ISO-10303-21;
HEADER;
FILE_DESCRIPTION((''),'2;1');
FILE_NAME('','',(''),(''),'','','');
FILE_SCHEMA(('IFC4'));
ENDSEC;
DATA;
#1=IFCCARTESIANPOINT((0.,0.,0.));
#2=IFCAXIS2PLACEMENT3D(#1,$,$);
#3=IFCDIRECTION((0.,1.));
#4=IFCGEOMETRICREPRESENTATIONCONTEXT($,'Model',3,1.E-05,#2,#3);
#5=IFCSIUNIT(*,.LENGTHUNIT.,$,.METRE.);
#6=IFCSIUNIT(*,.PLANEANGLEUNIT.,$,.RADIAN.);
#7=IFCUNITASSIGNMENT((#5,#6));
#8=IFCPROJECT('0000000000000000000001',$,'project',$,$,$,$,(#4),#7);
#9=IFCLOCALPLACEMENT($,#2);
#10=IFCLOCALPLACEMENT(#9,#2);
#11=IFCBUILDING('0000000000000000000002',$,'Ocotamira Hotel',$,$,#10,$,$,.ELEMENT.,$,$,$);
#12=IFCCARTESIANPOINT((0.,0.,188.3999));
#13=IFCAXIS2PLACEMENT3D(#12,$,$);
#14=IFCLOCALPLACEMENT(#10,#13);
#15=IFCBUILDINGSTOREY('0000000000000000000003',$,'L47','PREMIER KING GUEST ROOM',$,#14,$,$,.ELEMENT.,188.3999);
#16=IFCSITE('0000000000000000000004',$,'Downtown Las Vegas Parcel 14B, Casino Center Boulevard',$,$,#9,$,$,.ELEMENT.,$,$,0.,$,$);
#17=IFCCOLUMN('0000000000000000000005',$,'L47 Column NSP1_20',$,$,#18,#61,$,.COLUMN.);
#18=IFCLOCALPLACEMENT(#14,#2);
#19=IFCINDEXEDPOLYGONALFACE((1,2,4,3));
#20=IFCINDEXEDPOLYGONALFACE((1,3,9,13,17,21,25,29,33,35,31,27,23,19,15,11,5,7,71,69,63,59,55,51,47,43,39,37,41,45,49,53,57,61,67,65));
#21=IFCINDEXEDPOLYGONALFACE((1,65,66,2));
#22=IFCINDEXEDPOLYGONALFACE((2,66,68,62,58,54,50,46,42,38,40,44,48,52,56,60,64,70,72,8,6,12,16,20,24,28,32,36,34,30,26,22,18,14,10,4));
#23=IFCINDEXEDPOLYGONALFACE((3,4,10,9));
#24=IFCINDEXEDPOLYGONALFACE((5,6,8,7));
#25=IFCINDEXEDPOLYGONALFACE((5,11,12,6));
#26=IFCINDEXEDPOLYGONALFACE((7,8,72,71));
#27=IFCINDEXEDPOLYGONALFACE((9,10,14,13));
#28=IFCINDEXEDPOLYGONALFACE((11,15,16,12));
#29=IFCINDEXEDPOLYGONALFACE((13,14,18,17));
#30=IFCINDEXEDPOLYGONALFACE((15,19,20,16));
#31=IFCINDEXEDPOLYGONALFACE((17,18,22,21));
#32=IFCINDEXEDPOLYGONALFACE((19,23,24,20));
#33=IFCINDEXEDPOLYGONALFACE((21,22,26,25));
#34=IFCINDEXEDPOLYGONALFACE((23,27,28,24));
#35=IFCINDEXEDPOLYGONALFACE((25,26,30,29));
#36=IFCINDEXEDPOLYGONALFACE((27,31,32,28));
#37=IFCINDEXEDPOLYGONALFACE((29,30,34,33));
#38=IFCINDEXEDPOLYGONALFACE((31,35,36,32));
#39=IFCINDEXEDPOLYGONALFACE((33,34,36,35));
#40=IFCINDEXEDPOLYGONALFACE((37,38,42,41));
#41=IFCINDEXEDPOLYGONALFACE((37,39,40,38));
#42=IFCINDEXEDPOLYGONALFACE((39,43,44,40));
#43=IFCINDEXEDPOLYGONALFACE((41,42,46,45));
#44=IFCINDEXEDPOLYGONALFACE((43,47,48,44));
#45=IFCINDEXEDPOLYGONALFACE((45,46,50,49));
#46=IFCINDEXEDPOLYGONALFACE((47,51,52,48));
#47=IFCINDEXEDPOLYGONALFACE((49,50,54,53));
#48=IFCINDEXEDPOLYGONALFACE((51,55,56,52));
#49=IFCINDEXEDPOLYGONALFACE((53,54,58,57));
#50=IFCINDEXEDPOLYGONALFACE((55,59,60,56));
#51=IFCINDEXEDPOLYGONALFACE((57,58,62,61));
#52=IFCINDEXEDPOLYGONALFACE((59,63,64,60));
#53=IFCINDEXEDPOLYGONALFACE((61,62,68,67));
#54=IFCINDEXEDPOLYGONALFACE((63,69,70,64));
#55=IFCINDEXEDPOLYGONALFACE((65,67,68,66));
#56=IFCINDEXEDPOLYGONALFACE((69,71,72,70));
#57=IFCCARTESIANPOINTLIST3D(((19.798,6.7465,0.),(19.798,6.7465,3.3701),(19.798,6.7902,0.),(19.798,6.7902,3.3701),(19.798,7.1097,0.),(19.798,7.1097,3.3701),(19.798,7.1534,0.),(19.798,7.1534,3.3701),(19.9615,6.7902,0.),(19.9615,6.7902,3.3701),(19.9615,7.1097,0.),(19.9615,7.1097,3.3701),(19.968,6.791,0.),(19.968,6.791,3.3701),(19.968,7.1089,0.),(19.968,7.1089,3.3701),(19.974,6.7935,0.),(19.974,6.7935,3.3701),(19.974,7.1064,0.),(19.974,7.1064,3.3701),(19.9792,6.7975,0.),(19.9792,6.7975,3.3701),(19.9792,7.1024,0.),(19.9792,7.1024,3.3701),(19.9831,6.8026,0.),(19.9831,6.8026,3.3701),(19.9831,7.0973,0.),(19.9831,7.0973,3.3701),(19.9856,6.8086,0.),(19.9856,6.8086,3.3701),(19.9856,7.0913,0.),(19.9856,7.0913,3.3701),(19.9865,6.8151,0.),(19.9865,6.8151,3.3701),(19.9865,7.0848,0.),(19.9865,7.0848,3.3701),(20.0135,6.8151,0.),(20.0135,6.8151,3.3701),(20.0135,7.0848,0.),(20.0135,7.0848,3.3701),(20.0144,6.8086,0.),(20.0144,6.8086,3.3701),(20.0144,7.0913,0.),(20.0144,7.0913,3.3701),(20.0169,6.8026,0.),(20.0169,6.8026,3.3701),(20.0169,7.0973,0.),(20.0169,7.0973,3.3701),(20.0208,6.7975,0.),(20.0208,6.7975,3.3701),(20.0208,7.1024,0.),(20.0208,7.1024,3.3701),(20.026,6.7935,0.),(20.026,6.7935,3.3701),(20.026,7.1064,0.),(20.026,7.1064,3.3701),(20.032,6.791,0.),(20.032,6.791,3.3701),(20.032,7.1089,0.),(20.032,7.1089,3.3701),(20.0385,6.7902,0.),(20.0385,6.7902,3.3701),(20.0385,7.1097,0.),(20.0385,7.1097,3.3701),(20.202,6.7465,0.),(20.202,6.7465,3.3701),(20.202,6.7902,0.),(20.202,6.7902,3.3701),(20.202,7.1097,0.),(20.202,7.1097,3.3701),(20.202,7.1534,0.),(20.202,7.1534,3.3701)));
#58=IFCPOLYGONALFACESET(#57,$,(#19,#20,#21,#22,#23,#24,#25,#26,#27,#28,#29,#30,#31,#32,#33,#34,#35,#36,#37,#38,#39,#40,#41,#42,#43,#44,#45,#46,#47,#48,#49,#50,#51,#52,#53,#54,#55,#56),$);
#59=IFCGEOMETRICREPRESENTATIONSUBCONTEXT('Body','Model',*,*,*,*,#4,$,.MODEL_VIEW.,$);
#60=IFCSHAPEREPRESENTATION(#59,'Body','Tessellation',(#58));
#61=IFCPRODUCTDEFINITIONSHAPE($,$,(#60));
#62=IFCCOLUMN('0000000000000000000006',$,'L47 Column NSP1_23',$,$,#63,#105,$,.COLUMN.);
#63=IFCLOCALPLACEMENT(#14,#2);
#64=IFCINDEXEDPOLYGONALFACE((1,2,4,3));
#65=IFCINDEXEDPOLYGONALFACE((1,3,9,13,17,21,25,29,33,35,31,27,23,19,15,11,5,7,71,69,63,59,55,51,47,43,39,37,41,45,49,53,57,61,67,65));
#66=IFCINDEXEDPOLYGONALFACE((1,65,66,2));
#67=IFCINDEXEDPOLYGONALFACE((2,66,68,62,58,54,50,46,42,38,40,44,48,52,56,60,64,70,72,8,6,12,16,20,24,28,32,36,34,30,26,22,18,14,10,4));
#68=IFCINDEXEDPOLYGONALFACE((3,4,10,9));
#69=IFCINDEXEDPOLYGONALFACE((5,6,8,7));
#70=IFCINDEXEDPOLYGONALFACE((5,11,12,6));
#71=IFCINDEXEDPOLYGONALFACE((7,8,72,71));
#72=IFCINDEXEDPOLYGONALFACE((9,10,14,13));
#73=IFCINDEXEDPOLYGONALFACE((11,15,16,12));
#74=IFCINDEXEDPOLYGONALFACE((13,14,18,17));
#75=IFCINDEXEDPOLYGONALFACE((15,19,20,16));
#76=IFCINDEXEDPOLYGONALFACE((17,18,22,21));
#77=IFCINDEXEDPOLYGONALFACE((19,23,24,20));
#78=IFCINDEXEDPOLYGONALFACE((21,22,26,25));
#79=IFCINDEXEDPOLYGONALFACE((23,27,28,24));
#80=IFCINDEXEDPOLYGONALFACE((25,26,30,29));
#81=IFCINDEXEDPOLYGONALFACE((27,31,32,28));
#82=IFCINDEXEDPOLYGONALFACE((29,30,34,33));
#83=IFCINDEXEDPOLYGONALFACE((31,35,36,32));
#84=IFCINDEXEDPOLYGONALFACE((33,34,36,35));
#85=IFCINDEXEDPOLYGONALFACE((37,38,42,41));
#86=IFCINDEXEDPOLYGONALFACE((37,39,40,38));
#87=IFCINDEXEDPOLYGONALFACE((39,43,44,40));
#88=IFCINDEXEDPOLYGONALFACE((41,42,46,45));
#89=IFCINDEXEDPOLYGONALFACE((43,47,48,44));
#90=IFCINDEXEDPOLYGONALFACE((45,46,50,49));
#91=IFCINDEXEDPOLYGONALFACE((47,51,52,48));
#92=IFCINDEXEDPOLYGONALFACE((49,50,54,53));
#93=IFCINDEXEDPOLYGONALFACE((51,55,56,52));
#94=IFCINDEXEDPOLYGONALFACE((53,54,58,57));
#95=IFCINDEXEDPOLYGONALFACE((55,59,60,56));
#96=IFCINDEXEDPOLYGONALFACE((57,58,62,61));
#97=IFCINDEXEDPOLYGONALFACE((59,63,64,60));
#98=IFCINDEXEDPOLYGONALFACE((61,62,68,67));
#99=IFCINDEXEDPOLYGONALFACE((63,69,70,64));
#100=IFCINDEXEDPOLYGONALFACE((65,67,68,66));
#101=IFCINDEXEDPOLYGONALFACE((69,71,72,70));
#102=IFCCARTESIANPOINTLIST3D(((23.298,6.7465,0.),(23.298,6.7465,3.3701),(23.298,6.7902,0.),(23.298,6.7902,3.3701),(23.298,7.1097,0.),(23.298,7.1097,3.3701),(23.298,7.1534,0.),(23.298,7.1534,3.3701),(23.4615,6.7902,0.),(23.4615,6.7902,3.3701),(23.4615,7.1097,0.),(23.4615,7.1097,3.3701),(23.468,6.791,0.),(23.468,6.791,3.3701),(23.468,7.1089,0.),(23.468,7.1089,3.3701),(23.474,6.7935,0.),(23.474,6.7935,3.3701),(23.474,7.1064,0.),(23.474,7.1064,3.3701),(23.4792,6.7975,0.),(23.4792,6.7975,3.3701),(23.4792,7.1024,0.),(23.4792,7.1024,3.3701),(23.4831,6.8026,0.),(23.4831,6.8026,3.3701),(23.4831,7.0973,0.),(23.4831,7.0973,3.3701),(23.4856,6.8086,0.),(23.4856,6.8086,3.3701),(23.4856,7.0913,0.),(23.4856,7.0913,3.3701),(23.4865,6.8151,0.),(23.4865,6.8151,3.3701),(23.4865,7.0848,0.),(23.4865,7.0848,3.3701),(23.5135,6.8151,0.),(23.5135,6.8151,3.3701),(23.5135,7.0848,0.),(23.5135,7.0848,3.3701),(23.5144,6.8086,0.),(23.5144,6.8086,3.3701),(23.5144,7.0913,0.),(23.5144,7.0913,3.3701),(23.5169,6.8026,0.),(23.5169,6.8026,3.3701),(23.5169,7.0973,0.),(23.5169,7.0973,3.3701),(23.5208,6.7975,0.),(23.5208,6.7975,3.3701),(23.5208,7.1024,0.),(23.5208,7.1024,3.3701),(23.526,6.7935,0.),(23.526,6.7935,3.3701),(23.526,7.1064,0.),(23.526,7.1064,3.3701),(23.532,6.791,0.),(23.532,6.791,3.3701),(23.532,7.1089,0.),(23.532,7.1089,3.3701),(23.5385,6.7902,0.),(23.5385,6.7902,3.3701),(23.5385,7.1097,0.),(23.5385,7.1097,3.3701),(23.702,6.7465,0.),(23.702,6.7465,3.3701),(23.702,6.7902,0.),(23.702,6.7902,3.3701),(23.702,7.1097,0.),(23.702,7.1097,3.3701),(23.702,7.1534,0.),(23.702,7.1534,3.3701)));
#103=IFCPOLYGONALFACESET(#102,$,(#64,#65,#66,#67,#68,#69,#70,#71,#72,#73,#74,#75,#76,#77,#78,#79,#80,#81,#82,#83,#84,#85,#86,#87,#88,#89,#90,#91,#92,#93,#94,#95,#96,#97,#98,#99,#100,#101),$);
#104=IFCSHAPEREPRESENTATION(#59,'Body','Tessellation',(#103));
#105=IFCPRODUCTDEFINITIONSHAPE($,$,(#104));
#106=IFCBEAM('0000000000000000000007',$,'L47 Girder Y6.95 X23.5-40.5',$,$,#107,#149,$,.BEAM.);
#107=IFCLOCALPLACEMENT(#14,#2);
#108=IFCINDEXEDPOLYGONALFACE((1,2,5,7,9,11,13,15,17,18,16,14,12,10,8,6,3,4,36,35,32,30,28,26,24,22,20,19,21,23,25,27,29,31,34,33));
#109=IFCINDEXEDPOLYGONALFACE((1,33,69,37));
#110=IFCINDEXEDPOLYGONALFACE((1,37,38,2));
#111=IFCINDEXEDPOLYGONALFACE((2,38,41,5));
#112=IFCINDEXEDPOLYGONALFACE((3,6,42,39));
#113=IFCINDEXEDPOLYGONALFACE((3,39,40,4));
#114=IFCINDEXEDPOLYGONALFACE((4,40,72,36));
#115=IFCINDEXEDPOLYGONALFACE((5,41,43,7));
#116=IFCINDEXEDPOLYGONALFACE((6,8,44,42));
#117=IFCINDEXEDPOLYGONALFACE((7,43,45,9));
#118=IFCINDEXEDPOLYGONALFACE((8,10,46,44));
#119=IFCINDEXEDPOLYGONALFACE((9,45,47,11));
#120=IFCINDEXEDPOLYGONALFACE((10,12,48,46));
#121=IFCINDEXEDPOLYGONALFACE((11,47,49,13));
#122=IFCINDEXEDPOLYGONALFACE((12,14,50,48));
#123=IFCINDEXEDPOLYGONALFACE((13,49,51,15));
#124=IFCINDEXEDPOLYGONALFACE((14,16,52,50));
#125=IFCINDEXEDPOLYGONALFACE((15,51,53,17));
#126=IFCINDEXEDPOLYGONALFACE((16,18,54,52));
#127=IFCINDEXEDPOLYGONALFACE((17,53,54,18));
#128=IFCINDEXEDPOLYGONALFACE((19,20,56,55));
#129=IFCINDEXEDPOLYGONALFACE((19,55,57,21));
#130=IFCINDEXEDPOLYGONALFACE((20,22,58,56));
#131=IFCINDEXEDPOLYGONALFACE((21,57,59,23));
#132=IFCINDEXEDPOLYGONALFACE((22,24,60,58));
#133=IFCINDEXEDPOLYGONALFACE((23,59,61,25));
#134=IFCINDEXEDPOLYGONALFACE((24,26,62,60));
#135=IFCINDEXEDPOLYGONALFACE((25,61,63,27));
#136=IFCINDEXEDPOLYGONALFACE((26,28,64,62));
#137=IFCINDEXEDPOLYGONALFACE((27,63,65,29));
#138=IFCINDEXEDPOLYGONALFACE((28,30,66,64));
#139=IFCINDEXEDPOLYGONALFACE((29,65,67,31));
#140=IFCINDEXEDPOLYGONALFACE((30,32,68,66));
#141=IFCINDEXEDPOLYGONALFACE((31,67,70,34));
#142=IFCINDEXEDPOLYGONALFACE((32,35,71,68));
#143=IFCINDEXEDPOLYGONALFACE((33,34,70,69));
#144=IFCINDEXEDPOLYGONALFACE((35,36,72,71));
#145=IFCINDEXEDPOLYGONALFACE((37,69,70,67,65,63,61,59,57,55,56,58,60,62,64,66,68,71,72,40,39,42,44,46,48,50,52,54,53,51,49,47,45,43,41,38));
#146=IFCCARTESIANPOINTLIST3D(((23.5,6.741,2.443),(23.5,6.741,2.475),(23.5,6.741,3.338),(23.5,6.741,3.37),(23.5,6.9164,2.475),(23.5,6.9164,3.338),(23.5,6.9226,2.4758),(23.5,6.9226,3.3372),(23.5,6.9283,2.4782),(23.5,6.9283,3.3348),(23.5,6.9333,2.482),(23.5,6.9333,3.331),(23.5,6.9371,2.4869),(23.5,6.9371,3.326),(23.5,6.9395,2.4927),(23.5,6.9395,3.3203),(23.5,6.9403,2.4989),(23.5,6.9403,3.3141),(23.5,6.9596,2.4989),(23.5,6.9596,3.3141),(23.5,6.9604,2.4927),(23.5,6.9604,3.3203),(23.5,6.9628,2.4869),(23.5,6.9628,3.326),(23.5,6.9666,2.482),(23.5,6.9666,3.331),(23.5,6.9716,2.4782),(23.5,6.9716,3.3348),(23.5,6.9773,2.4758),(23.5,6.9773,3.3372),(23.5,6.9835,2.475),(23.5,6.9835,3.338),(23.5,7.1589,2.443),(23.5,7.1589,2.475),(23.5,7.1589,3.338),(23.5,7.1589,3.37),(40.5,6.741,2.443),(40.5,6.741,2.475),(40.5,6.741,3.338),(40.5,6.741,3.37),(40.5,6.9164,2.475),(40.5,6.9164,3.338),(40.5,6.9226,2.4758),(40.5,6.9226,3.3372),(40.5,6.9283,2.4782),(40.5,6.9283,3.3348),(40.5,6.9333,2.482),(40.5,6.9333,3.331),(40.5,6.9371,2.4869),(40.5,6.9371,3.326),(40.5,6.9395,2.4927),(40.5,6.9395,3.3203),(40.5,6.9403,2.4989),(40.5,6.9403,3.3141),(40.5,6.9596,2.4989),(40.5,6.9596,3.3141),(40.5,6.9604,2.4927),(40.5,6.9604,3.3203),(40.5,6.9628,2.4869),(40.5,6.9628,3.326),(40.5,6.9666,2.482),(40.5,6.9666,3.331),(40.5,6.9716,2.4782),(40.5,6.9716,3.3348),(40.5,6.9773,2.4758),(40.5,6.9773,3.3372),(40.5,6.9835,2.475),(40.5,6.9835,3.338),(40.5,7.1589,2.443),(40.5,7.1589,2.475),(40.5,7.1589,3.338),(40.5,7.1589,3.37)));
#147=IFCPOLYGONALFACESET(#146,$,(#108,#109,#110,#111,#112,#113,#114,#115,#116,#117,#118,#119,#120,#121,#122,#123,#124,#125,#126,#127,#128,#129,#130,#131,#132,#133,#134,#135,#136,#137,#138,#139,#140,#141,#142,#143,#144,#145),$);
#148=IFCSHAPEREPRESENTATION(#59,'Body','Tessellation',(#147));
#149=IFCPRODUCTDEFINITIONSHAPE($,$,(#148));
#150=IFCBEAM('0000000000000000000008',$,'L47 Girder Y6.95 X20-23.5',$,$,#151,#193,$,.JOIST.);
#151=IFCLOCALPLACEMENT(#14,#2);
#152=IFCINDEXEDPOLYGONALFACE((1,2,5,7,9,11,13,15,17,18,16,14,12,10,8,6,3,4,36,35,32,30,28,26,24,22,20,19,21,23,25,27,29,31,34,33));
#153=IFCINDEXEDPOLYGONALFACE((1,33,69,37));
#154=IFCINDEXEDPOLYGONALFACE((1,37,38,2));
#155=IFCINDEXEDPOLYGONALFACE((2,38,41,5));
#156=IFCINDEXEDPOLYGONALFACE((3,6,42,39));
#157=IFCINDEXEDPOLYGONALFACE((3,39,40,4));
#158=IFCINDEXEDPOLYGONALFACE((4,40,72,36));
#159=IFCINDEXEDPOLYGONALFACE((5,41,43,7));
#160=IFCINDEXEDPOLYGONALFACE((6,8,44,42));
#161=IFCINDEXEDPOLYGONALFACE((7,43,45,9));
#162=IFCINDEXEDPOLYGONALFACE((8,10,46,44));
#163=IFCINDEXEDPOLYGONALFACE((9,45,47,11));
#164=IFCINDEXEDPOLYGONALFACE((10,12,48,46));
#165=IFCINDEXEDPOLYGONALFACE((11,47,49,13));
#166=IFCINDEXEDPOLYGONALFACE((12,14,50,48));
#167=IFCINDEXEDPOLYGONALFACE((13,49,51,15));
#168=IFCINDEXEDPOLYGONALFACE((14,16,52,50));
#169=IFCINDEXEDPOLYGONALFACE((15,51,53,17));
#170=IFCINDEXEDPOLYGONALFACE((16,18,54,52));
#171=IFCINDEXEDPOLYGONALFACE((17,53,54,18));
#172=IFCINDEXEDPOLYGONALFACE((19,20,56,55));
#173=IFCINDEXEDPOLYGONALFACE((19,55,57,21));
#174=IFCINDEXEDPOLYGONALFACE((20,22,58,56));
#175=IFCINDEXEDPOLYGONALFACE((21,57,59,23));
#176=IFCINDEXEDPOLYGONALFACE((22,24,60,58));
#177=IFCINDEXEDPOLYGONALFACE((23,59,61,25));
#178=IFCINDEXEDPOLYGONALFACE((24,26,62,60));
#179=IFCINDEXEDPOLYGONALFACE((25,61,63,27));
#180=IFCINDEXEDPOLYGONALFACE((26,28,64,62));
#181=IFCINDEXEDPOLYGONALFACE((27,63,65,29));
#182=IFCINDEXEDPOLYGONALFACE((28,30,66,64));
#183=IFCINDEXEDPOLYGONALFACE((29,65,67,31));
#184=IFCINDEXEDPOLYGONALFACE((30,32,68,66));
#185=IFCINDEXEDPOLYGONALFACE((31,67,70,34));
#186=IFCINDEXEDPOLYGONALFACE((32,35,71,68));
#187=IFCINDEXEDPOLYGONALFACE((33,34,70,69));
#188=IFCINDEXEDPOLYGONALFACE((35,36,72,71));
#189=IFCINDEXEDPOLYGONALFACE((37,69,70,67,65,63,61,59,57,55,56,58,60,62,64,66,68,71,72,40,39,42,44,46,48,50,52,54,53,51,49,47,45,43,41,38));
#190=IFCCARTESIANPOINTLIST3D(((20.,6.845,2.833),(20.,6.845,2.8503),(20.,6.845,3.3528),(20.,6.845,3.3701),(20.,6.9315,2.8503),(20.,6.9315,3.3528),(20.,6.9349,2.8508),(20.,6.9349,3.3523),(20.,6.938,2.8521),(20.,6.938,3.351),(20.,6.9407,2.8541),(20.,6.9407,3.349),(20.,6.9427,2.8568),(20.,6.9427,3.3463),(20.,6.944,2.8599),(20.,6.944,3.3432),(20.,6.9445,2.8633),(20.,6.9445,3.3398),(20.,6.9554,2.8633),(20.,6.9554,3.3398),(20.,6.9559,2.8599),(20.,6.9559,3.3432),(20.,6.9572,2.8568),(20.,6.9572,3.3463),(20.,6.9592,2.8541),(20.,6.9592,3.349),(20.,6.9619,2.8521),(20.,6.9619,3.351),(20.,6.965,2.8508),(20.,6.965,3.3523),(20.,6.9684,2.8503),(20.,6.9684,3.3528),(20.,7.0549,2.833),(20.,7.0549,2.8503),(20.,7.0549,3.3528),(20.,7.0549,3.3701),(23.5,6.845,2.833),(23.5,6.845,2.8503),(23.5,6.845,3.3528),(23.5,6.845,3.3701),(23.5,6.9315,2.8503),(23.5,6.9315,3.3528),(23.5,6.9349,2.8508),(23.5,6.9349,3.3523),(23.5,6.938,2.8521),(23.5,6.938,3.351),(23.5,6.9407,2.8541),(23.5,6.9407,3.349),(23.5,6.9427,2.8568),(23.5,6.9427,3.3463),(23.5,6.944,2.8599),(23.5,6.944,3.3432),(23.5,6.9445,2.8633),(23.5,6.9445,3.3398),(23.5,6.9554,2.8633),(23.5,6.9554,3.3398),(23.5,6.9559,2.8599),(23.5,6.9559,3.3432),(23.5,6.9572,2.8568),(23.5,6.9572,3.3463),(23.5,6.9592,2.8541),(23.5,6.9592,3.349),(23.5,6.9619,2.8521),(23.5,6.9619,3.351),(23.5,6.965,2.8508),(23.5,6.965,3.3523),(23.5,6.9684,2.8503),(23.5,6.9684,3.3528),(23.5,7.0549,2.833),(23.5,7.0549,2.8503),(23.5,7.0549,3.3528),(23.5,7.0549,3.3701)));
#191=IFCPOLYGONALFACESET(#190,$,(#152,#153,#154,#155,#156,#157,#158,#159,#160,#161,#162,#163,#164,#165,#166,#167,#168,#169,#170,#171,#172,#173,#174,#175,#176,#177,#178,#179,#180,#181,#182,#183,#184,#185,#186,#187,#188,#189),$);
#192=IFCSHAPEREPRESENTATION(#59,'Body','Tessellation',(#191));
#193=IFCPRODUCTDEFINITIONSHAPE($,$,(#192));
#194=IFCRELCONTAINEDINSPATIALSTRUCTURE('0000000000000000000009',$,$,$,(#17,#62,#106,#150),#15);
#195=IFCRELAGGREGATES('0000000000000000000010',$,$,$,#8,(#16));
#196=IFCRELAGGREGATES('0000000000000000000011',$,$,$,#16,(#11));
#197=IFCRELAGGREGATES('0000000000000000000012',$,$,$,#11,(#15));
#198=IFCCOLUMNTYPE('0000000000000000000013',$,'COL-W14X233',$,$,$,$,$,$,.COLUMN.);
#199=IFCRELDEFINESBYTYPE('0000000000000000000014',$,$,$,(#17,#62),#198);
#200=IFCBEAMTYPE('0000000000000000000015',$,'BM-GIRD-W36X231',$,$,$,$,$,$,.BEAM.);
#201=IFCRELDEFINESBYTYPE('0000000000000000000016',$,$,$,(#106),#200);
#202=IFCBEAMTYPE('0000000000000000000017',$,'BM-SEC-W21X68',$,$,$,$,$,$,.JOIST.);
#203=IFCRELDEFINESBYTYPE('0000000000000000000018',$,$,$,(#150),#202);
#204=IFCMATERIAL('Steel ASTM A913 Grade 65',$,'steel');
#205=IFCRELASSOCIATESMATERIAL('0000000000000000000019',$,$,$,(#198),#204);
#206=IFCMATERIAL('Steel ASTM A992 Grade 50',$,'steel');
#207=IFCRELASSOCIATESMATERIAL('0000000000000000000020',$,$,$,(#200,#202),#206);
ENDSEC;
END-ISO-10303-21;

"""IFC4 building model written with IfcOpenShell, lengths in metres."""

from ifc_helpers import new_model, si_unit, direction, frame, origin, origin_2d, place, context, subcontext, project, spatial, i_section, extrude, source, transform, mapped, material, material_profile, profile_set, type_object, element, save


model = new_model("IFC4")

# Units and contexts
model_context = context("Model", 3, precision=1e-05, world=origin(), true_north=direction((0.0, 1.0)))
body_context = subcontext(model_context, "Body", "Model", "MODEL_VIEW")
ifc_project = project(units=[si_unit("LENGTHUNIT", "METRE"), si_unit("PLANEANGLEUNIT", "RADIAN")], contexts=[model_context])

# Site, building, storey
site_placement = place(None, origin())
site = spatial("IfcSite", under=ifc_project, at=site_placement, Name="Downtown Las Vegas Parcel 14B, Casino Center Boulevard", CompositionType="ELEMENT", RefElevation=0.0)
building_placement = place(site_placement, origin())
building = spatial("IfcBuilding", under=site, at=building_placement, Name="Ocotamira Hotel", CompositionType="ELEMENT")
storey_placement = place(building_placement, frame((0.0, 0.0, 188.3999)))
storey = spatial("IfcBuildingStorey", under=building, at=storey_placement, Name="L47", Description="PREMIER KING GUEST ROOM", CompositionType="ELEMENT", Elevation=188.3999)

# Columns
ifc_material_1 = material(Name="Steel ASTM A913 Grade 65", Category="steel")
ifc_material_profile_1 = material_profile(ifc_material_1, i_section(OverallWidth=0.4041, OverallDepth=0.407, WebThickness=0.0271, FlangeThickness=0.0437, FilletRadius=0.0249, at=origin_2d()), Name="W14X233")
ifc_profile_set_1 = profile_set([ifc_material_profile_1], Name="Steel ASTM A913 Grade 65")
column_type = type_object("IfcColumnType", Name="COL-W14X233", PredefinedType="COLUMN", material=ifc_profile_set_1)
shared_shape_1 = source(origin(), body_context, "Body", "SweptSolid", [
    extrude(i_section(OverallWidth=0.4041, OverallDepth=0.407, WebThickness=0.0271, FlangeThickness=0.0437, FilletRadius=0.0249, at=origin_2d()), origin(), (0.0, 0.0, 1.0), 3.3701),
])
for number, where, z_axis, x_axis, name in (
    (1, (20.0, 6.95, 0.0), (0.0, 0.0, 1.0), (1.0, 0.0, 0.0), "L47 Column NSP1_20"),
    (2, (23.5, 6.95, 0.0), (0.0, 0.0, 1.0), (1.0, 0.0, 0.0), "L47 Column NSP1_23"),
):
    element("IfcColumn", number, at=place(storey_placement, frame(where, z_axis=z_axis, x_axis=x_axis)), inside=storey, type_object=column_type, Name=name, PredefinedType="COLUMN", context=body_context, shape_type="MappedRepresentation", body=[
        mapped(shared_shape_1, transform((0.0, 0.0, 0.0), scale=1.0)),
    ])

# Beams
ifc_material_2 = material(Name="Steel ASTM A992 Grade 50", Category="steel")
ifc_material_profile_2 = material_profile(ifc_material_2, i_section(OverallWidth=0.418, OverallDepth=0.927, WebThickness=0.0193, FlangeThickness=0.032, FilletRadius=0.0239, at=origin_2d()), Name="W36X231")
ifc_profile_set_2 = profile_set([ifc_material_profile_2], Name="Steel ASTM A992 Grade 50")
beam_type_1 = type_object("IfcBeamType", Name="BM-GIRD-W36X231", PredefinedType="BEAM", material=ifc_profile_set_2)
shared_shape_2 = source(origin(), body_context, "Body", "SweptSolid", [
    extrude(i_section(OverallWidth=0.418, OverallDepth=0.927, WebThickness=0.0193, FlangeThickness=0.032, FilletRadius=0.0239, at=origin_2d()), origin(), (0.0, 0.0, 1.0), 17.0),
])
beam_1_placement = place(storey_placement, frame((23.5, 6.95, 2.9065), z_axis=(1.0, 0.0, 0.0), x_axis=(0.0, 1.0, 0.0)))
element("IfcBeam", 3, at=beam_1_placement, inside=storey, type_object=beam_type_1, Name="L47 Girder Y6.95 X23.5-40.5", PredefinedType="BEAM", context=body_context, shape_type="MappedRepresentation", body=[
    mapped(shared_shape_2, transform((0.0, 0.0, 0.0), scale=1.0)),
])
ifc_material_profile_3 = material_profile(ifc_material_2, i_section(OverallWidth=0.21, OverallDepth=0.5371, WebThickness=0.011, FlangeThickness=0.0173, FilletRadius=0.0129, at=origin_2d()), Name="W21X68")
ifc_profile_set_3 = profile_set([ifc_material_profile_3], Name="Steel ASTM A992 Grade 50")
beam_type_2 = type_object("IfcBeamType", Name="BM-SEC-W21X68", PredefinedType="JOIST", material=ifc_profile_set_3)
shared_shape_3 = source(origin(), body_context, "Body", "SweptSolid", [
    extrude(i_section(OverallWidth=0.21, OverallDepth=0.5371, WebThickness=0.011, FlangeThickness=0.0173, FilletRadius=0.0129, at=origin_2d()), origin(), (0.0, 0.0, 1.0), 3.5),
])
beam_2_placement = place(storey_placement, frame((20.0, 6.95, 3.1016), z_axis=(1.0, 0.0, 0.0), x_axis=(0.0, 1.0, 0.0)))
element("IfcBeam", 4, at=beam_2_placement, inside=storey, type_object=beam_type_2, Name="L47 Girder Y6.95 X20-23.5", PredefinedType="JOIST", context=body_context, shape_type="MappedRepresentation", body=[
    mapped(shared_shape_3, transform((0.0, 0.0, 0.0), scale=1.0)),
])

save(model, "model.ifc")
